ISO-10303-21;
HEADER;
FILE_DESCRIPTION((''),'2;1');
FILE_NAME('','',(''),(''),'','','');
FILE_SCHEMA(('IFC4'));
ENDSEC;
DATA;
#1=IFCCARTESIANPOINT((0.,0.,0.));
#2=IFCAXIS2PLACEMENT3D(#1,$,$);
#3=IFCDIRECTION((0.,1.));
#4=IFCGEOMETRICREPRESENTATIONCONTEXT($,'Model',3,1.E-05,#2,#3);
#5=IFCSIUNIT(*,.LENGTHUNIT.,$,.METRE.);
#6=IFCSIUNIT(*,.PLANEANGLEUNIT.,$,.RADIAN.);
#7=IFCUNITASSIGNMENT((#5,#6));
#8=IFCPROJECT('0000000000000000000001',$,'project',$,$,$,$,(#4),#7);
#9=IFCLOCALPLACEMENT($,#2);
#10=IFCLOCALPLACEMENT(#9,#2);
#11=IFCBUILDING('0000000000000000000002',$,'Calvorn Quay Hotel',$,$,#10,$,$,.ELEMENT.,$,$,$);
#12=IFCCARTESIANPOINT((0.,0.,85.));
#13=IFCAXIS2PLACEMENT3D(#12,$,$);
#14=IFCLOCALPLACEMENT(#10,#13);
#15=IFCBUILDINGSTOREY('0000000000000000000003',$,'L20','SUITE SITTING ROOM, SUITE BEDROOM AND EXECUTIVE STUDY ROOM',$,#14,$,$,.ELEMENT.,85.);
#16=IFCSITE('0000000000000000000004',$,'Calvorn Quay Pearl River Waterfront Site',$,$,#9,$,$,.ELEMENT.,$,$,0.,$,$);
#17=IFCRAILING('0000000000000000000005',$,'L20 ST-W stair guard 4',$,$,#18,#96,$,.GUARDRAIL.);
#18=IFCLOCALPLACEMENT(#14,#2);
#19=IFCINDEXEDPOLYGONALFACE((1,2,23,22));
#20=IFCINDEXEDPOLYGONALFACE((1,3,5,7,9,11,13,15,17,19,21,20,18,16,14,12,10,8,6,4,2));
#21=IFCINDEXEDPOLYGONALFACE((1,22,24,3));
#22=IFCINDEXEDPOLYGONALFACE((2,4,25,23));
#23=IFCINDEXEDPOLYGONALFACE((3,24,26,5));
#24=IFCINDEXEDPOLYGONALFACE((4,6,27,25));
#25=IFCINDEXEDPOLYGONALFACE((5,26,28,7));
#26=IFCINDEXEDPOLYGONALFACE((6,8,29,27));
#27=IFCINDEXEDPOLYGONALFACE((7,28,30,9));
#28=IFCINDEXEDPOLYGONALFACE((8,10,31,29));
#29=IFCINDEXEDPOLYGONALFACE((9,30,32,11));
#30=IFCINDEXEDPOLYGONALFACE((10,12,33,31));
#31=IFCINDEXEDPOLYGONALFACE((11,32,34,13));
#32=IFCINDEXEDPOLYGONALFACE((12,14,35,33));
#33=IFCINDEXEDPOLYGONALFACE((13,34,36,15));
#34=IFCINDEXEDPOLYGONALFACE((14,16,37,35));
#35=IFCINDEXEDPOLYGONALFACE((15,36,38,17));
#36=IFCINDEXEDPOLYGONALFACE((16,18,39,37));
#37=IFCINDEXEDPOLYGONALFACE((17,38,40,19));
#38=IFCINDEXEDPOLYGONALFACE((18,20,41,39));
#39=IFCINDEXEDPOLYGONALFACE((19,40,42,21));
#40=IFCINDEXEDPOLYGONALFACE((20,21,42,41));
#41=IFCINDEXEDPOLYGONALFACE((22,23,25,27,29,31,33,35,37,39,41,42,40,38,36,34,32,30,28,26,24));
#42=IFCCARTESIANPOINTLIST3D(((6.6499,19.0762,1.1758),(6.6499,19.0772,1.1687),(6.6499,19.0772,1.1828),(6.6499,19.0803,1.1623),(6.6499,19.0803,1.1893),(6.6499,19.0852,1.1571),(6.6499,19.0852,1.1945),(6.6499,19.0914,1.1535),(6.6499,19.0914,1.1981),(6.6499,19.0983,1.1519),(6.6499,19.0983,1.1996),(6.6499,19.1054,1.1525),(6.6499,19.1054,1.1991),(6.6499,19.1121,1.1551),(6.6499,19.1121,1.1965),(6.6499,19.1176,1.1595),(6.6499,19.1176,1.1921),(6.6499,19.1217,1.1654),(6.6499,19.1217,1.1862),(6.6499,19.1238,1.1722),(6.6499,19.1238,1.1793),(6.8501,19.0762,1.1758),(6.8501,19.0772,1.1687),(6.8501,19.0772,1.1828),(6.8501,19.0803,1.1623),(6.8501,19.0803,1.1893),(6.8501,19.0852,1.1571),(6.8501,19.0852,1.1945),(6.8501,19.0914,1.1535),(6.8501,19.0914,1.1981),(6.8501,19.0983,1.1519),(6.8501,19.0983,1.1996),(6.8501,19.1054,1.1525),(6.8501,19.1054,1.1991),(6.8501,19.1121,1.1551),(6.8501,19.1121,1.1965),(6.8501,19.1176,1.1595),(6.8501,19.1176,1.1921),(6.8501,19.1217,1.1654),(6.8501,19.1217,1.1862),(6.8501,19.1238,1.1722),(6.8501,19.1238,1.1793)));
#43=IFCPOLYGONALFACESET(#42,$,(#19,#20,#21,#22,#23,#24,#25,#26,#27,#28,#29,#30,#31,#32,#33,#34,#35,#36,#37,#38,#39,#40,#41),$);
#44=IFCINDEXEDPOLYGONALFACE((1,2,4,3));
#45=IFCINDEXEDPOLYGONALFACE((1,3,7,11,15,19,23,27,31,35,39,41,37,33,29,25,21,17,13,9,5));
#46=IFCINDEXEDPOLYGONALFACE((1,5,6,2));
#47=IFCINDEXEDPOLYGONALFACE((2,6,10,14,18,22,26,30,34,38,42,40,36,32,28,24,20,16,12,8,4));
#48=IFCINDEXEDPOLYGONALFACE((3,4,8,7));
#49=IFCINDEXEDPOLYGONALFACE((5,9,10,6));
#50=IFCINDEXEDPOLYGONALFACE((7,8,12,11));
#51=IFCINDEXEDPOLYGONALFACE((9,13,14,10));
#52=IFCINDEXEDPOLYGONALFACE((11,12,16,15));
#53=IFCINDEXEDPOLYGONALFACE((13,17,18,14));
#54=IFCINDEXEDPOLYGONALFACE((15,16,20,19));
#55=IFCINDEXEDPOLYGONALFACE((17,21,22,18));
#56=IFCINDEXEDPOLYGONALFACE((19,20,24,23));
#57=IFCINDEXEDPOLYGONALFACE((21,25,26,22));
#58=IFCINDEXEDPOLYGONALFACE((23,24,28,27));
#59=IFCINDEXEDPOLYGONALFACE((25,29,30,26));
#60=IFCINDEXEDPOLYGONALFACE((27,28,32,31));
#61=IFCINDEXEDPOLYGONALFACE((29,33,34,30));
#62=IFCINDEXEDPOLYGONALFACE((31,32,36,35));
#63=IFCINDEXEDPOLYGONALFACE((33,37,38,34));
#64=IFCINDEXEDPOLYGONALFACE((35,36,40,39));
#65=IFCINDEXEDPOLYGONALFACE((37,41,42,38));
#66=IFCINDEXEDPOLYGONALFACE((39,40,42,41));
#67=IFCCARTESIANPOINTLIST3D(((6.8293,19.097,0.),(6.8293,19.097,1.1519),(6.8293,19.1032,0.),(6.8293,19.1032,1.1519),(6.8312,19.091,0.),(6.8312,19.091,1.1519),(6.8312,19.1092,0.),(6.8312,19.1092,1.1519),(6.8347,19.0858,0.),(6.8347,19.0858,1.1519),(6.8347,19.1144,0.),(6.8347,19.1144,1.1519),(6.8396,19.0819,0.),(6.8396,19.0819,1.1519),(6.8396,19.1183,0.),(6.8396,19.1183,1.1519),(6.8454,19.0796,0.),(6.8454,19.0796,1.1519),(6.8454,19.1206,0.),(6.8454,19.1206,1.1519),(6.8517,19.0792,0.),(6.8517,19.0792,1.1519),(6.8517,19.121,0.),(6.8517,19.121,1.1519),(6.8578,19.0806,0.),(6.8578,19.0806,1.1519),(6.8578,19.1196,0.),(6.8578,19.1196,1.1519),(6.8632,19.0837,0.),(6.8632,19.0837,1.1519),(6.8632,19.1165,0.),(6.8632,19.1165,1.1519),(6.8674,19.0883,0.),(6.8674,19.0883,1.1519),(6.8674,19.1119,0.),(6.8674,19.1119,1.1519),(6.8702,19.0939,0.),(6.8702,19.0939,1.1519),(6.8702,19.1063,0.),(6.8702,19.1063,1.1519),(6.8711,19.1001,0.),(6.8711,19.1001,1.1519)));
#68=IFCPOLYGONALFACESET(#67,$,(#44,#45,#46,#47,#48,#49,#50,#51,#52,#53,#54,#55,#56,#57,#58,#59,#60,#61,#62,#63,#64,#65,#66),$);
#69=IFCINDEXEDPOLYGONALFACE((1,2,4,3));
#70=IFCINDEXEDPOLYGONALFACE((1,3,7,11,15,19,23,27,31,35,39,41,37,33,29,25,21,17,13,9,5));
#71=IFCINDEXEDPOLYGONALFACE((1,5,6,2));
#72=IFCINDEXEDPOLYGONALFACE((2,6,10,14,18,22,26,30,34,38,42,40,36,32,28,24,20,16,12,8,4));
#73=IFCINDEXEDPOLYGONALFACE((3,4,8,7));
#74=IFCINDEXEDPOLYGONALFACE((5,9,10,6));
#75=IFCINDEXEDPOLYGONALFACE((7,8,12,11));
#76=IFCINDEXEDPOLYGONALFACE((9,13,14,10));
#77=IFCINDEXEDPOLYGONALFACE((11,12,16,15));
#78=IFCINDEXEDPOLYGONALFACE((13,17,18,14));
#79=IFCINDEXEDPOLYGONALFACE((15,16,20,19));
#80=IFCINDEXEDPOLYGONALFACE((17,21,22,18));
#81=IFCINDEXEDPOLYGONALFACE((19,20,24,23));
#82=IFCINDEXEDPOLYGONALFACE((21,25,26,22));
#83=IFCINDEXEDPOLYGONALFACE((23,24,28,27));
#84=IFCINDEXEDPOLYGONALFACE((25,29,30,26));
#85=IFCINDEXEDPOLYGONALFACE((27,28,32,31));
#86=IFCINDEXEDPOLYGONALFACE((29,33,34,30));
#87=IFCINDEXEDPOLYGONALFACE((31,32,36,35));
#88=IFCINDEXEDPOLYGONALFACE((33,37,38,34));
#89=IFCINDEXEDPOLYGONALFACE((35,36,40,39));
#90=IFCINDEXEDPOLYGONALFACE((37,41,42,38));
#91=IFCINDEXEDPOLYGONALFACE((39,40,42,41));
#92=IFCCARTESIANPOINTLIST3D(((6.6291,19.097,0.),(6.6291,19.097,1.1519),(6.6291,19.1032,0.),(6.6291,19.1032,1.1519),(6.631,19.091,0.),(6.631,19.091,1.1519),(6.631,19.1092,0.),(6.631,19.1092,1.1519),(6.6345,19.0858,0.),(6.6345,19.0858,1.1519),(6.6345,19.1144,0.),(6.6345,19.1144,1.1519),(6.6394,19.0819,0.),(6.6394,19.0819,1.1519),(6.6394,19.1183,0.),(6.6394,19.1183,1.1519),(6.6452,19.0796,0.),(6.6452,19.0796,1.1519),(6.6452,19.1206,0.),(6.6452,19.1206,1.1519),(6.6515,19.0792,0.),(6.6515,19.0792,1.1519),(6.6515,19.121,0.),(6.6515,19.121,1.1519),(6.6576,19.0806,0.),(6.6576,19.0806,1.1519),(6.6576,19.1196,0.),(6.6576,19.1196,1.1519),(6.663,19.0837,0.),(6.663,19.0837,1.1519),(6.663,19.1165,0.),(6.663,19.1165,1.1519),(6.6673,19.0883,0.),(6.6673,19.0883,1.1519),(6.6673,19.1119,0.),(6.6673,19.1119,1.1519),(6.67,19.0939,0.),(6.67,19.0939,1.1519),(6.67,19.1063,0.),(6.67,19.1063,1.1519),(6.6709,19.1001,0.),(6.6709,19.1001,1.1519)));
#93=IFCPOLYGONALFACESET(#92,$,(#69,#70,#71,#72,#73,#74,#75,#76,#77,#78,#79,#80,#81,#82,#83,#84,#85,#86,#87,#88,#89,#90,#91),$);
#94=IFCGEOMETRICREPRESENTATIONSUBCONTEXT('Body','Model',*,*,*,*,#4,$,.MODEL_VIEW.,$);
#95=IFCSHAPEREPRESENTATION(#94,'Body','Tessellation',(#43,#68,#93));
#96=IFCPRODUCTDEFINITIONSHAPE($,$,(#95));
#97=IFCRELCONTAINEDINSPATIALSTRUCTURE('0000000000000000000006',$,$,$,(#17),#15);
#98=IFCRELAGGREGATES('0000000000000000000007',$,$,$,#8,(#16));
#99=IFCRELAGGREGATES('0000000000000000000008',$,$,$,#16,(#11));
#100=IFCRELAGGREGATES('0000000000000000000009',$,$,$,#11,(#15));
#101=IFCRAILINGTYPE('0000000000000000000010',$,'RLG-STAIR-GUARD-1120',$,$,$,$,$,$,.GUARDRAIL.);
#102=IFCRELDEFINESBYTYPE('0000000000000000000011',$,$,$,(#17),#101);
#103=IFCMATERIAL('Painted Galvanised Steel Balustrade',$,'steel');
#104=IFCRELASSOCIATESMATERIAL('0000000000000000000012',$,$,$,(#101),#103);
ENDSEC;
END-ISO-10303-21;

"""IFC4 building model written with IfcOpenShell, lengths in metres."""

from ifc_helpers import new_model, si_unit, direction, frame, origin, origin_2d, place, context, subcontext, project, spatial, circle, extrude, material, type_object, element, save


model = new_model("IFC4")

# Units and contexts
model_context = context("Model", 3, precision=1e-05, world=origin(), true_north=direction((0.0, 1.0)))
body_context = subcontext(model_context, "Body", "Model", "MODEL_VIEW")
ifc_project = project(units=[si_unit("LENGTHUNIT", "METRE"), si_unit("PLANEANGLEUNIT", "RADIAN")], contexts=[model_context])

# Site, building, storey
site_placement = place(None, origin())
site = spatial("IfcSite", under=ifc_project, at=site_placement, Name="Calvorn Quay Pearl River Waterfront Site", CompositionType="ELEMENT", RefElevation=0.0)
building_placement = place(site_placement, origin())
building = spatial("IfcBuilding", under=site, at=building_placement, Name="Calvorn Quay Hotel", CompositionType="ELEMENT")
storey_placement = place(building_placement, frame((0.0, 0.0, 85.0)))
storey = spatial("IfcBuildingStorey", under=building, at=storey_placement, Name="L20", Description="SUITE SITTING ROOM, SUITE BEDROOM AND EXECUTIVE STUDY ROOM", CompositionType="ELEMENT", Elevation=85.0)

# Railing
ifc_material_1 = material(Name="Painted Galvanised Steel Balustrade", Category="steel")
railing_type_1 = type_object("IfcRailingType", Name="RLG-STAIR-GUARD-1120", PredefinedType="GUARDRAIL", material=ifc_material_1)
railing_1_placement = place(storey_placement, frame((6.8501, 19.1001, 0.0)))
element("IfcRailing", 1, at=railing_1_placement, inside=storey, type_object=railing_type_1, Name="L20 ST-W stair guard 4", PredefinedType="GUARDRAIL", context=body_context, shape_type="SweptSolid", body=[
    extrude(circle(Radius=0.0239, at=origin_2d()), frame((0.0, 0.0, 1.1758), z_axis=(-1.0, 0.0, 0.0), x_axis=(0.0, -1.0, 0.0)), (0.0, 0.0, 1.0), 0.2002),
    extrude(circle(Radius=0.021, at=origin_2d()), origin(), (0.0, 0.0, 1.0), 1.1519),
    extrude(circle(Radius=0.021, at=origin_2d()), frame((-0.2002, 0.0, 0.0)), (0.0, 0.0, 1.0), 1.1519),
])

save(model, "model.ifc")
